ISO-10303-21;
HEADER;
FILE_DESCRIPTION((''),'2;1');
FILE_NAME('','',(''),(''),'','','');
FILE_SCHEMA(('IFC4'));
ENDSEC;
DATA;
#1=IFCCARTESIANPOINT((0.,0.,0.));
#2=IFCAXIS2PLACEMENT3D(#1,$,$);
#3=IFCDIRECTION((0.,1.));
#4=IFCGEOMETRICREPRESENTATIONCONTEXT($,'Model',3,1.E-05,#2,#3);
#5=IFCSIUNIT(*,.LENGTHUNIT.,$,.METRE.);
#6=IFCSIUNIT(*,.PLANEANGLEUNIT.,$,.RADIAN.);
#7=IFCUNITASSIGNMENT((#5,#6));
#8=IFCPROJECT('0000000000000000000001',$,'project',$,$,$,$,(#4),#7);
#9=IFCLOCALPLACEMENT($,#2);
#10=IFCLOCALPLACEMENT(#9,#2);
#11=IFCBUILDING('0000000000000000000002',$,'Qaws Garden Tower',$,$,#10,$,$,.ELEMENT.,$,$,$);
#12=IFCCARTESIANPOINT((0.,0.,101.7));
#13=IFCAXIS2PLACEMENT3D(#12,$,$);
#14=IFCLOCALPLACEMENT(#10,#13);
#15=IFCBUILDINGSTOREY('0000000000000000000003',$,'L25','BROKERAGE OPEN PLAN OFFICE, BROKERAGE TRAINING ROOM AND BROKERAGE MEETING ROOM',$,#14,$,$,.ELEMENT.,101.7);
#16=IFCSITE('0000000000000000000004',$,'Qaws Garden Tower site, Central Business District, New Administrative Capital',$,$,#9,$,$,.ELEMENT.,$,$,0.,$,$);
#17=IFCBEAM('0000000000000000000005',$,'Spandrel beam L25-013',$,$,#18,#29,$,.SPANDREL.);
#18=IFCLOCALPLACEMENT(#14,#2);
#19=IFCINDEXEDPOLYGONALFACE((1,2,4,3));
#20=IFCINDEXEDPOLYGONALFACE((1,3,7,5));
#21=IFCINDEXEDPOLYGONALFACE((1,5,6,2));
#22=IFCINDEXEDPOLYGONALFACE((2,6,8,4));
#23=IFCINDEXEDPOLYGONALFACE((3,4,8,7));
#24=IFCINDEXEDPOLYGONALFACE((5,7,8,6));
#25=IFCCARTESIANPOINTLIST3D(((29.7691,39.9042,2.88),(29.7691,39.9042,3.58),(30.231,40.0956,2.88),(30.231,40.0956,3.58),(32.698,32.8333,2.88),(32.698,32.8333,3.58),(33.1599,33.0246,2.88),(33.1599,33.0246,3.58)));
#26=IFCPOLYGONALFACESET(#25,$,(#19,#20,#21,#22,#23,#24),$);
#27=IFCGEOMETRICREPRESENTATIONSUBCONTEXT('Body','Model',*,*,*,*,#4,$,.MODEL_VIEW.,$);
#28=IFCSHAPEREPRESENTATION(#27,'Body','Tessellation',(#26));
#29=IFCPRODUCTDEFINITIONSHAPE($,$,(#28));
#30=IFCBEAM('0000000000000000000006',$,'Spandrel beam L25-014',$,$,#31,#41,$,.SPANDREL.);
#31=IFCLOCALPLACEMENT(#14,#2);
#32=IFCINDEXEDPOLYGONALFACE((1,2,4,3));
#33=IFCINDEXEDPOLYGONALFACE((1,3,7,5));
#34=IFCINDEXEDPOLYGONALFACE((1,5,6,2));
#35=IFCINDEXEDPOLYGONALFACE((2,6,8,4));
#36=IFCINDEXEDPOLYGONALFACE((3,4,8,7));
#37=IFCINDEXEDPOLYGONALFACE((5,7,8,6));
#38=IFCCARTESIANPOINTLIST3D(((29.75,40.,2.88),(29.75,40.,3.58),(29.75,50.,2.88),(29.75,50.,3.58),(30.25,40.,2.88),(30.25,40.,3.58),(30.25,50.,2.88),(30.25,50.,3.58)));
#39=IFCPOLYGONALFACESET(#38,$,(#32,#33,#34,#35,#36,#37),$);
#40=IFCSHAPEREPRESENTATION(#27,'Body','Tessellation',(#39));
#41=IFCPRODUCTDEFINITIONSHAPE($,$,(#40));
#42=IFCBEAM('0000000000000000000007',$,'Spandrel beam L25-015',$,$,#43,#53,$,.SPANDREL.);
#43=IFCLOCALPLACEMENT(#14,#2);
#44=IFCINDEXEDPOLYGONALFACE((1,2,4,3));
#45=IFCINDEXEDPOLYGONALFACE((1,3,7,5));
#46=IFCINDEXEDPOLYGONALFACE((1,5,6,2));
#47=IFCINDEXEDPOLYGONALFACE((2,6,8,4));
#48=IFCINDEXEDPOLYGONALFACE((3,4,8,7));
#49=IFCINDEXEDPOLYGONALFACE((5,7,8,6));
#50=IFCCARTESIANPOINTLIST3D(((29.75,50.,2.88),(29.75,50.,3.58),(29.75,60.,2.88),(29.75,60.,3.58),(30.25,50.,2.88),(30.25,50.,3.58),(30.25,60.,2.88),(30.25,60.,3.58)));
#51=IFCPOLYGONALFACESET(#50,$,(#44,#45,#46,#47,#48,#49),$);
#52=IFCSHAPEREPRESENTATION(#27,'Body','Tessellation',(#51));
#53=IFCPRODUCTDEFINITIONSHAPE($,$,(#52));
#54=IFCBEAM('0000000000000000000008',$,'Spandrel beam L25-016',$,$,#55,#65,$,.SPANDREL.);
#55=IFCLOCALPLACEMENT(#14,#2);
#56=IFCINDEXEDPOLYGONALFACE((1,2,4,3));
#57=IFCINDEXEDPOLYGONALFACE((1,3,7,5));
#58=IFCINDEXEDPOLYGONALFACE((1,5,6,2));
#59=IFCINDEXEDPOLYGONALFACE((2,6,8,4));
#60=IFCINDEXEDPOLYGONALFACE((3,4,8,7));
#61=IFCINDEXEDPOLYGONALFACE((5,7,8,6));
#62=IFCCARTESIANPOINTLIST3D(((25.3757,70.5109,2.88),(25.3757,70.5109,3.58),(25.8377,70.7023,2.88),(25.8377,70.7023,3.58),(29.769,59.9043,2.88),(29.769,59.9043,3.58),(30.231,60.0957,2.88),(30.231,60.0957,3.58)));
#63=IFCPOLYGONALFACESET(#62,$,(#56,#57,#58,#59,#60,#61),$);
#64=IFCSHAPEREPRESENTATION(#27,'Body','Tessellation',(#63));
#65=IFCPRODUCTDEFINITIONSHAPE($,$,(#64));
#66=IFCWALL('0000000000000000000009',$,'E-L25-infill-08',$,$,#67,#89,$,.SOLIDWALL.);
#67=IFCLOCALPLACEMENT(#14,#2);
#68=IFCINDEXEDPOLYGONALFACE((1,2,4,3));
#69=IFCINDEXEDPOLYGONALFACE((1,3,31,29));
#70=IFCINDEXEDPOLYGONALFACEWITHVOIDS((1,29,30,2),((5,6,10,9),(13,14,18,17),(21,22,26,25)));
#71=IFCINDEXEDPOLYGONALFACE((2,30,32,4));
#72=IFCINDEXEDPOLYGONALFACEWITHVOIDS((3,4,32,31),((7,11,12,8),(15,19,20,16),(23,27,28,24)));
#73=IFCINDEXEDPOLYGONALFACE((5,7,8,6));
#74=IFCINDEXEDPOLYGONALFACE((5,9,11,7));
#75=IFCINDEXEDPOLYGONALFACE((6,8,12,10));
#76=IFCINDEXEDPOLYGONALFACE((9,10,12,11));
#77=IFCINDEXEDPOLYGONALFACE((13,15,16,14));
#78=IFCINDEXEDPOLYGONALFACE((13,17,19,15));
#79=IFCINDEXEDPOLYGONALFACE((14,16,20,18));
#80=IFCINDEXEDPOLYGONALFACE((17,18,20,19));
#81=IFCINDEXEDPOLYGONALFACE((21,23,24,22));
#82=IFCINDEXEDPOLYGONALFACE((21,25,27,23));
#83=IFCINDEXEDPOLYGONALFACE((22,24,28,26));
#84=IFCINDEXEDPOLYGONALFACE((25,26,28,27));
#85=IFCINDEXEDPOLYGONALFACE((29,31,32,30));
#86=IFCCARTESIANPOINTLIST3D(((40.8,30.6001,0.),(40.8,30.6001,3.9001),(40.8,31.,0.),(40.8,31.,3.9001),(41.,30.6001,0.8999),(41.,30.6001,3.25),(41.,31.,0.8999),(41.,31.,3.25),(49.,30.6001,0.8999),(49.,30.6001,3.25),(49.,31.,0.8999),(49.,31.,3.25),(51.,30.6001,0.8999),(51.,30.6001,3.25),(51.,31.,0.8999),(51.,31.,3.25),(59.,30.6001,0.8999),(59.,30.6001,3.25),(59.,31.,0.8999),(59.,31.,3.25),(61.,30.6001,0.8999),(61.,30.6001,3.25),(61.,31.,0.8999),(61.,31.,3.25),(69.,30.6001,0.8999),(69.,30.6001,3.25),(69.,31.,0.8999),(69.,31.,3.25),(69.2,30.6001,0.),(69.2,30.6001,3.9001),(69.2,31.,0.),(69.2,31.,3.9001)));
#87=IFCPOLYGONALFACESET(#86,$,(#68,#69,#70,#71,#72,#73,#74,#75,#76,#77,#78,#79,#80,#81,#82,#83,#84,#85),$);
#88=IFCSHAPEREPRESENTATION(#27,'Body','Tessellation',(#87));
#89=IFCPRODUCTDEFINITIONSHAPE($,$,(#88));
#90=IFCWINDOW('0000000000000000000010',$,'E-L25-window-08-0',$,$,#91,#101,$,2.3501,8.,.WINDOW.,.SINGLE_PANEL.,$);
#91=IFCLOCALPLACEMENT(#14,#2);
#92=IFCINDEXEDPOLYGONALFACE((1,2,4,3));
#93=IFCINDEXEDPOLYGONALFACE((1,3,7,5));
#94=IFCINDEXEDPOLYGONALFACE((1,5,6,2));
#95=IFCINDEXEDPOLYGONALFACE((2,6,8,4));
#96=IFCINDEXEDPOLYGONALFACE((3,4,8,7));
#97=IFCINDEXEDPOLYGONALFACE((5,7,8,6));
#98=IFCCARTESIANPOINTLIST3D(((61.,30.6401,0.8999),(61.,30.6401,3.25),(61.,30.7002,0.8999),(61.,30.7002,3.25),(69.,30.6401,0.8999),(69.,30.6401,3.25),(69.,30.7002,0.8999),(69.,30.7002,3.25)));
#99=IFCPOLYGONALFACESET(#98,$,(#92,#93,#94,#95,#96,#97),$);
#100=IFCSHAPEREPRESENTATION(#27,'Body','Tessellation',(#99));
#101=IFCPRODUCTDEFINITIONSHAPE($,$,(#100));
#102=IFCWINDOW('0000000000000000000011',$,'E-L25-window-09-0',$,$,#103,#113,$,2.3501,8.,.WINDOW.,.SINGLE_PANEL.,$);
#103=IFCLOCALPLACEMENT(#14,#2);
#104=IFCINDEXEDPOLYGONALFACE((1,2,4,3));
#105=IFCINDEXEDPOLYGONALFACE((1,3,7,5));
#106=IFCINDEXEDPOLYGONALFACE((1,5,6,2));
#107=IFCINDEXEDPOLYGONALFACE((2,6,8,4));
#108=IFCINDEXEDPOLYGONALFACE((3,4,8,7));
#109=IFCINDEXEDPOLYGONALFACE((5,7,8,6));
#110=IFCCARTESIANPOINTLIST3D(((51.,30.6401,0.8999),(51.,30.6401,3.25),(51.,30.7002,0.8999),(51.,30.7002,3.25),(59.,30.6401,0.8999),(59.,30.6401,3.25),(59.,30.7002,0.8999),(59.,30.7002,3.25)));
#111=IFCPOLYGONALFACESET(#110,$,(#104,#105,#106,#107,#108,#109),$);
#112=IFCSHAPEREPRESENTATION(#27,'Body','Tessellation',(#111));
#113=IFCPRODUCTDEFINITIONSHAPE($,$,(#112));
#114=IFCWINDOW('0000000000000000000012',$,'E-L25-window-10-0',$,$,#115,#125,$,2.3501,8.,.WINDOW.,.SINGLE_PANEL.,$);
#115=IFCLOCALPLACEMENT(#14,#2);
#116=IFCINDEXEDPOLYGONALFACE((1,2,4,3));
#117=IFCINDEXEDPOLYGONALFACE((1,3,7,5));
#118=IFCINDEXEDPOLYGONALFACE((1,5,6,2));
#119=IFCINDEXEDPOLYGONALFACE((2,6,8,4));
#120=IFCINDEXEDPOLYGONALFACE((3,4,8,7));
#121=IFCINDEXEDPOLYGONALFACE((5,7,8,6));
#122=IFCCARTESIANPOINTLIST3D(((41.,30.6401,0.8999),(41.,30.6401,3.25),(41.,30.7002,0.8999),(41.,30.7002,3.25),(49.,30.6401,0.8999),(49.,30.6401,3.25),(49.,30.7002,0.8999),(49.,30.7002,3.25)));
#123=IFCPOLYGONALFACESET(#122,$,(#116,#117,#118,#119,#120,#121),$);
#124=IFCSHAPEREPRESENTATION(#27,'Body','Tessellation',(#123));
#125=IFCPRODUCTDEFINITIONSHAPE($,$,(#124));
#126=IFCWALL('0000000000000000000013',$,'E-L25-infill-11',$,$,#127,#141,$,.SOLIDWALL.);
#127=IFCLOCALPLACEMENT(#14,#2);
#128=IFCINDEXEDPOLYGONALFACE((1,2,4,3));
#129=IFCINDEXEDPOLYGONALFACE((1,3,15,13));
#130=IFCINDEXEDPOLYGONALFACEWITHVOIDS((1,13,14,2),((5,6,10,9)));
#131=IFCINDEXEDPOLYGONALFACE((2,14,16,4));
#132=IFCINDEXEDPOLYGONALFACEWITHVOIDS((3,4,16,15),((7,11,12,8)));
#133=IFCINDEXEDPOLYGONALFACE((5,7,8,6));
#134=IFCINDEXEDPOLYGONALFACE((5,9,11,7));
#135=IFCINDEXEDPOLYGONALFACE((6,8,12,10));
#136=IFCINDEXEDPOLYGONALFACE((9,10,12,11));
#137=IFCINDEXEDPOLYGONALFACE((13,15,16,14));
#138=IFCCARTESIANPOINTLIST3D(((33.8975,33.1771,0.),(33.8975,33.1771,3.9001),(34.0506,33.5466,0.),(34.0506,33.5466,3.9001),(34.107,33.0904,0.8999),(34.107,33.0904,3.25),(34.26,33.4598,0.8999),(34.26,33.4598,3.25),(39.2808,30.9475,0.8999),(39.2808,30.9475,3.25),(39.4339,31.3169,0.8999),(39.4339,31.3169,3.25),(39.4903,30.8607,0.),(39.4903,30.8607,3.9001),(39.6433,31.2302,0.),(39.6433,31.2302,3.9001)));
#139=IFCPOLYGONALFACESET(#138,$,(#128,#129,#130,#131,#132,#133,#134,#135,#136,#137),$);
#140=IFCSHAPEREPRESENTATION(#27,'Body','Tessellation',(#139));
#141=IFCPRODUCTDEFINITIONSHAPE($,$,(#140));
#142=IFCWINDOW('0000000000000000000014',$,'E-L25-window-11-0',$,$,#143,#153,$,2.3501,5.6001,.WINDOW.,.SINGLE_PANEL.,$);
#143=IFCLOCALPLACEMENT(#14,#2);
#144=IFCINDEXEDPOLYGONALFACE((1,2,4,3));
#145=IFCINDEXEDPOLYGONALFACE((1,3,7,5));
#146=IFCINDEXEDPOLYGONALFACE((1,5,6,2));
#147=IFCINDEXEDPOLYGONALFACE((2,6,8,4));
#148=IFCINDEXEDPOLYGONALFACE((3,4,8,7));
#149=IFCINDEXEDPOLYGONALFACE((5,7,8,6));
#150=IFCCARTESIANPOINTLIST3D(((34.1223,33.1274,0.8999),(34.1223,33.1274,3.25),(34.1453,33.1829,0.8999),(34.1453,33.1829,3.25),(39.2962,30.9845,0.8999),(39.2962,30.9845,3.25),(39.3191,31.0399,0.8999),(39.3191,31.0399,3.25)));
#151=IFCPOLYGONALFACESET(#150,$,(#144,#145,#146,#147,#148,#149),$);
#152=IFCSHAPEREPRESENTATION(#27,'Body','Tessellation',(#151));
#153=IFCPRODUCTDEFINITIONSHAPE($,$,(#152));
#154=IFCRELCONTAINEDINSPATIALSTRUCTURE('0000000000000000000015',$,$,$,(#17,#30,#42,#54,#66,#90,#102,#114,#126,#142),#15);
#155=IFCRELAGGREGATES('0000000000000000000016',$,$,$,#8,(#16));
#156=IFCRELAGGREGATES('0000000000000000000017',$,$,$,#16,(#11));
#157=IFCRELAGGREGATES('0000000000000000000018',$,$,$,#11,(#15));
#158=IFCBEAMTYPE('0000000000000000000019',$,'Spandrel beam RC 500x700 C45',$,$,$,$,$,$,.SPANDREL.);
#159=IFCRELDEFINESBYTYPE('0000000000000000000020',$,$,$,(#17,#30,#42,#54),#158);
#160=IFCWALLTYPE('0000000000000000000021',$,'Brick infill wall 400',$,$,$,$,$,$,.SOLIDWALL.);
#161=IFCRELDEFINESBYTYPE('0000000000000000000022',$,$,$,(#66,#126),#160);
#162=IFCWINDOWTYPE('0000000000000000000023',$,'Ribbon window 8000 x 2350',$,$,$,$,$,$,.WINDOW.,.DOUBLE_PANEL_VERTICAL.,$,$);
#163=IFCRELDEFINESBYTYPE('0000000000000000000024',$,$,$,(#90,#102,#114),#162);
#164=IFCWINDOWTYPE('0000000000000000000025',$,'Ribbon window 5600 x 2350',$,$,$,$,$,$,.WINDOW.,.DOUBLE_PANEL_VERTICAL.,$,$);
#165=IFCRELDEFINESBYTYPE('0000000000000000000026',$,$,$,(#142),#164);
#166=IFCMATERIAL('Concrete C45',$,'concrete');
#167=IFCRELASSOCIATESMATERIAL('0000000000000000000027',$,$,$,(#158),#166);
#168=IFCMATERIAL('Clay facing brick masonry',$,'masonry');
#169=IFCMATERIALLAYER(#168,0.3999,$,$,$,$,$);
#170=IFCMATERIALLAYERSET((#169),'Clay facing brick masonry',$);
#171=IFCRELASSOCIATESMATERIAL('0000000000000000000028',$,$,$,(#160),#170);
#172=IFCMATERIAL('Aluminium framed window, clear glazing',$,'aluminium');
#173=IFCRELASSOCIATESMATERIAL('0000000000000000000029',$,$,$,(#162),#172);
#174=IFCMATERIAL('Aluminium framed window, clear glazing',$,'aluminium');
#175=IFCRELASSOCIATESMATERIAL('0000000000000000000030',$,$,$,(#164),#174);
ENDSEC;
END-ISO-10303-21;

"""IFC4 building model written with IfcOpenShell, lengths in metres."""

from ifc_helpers import new_model, si_unit, direction, frame, frame_2d, origin, origin_2d, place, context, subcontext, project, spatial, rectangle, extrude, material, layer, layer_set, material_profile, profile_set, type_object, element, fill, save


model = new_model("IFC4")

# Units and contexts
model_context = context("Model", 3, precision=1e-05, world=origin(), true_north=direction((0.0, 1.0)))
body_context = subcontext(model_context, "Body", "Model", "MODEL_VIEW")
ifc_project = project(units=[si_unit("LENGTHUNIT", "METRE"), si_unit("PLANEANGLEUNIT", "RADIAN")], contexts=[model_context])

# Site, building, storey
site_placement = place(None, origin())
site = spatial("IfcSite", under=ifc_project, at=site_placement, Name="Qaws Garden Tower site, Central Business District, New Administrative Capital", CompositionType="ELEMENT", RefElevation=0.0)
building_placement = place(site_placement, origin())
building = spatial("IfcBuilding", under=site, at=building_placement, Name="Qaws Garden Tower", CompositionType="ELEMENT")
storey_placement = place(building_placement, frame((0.0, 0.0, 101.7)))
storey = spatial("IfcBuildingStorey", under=building, at=storey_placement, Name="L25", Description="BROKERAGE OPEN PLAN OFFICE, BROKERAGE TRAINING ROOM AND BROKERAGE MEETING ROOM", CompositionType="ELEMENT", Elevation=101.7)

# Beams
ifc_material_1 = material(Name="Concrete C45", Category="concrete")
ifc_material_profile_1 = material_profile(ifc_material_1, rectangle(XDim=0.5, YDim=0.7, at=origin_2d()), Name="RC 500x700")
ifc_profile_set_1 = profile_set([ifc_material_profile_1], Name="Concrete C45")
beam_type = type_object("IfcBeamType", Name="Spandrel beam RC 500x700 C45", PredefinedType="SPANDREL", material=ifc_profile_set_1)
beam_1_placement = place(storey_placement, frame((32.929, 32.929, 3.23), z_axis=(-0.382687, 0.923878, 0.0), x_axis=(-0.923878, -0.382687, 0.0)))
element("IfcBeam", 1, at=beam_1_placement, inside=storey, type_object=beam_type, Name="Spandrel beam L25-013", PredefinedType="SPANDREL", context=body_context, shape_type="SweptSolid", body=[
    extrude(rectangle(XDim=0.5, YDim=0.7, at=origin_2d()), origin(), (0.0, 0.0, 1.0), 7.6536),
])
for number, where, z_axis, x_axis, name in (
    (2, (30.0, 40.0, 3.23), (0.0, 1.0, 0.0), (-1.0, 0.0, 0.0), "Spandrel beam L25-014"),
    (3, (30.0, 50.0, 3.23), (0.0, 1.0, 0.0), (-1.0, 0.0, 0.0), "Spandrel beam L25-015"),
):
    element("IfcBeam", number, at=place(storey_placement, frame(where, z_axis=z_axis, x_axis=x_axis)), inside=storey, type_object=beam_type, Name=name, PredefinedType="SPANDREL", context=body_context, shape_type="SweptSolid", body=[
        extrude(rectangle(XDim=0.5, YDim=0.7, at=origin_2d()), origin(), (0.0, 0.0, 1.0), 10.0),
    ])
beam_2_placement = place(storey_placement, frame((30.0, 60.0, 3.23), z_axis=(-0.382674, 0.923883, 0.0), x_axis=(-0.923883, -0.382674, 0.0)))
element("IfcBeam", 4, at=beam_2_placement, inside=storey, type_object=beam_type, Name="Spandrel beam L25-016", PredefinedType="SPANDREL", context=body_context, shape_type="SweptSolid", body=[
    extrude(rectangle(XDim=0.5, YDim=0.7, at=origin_2d()), origin(), (0.0, 0.0, 1.0), 11.4805),
])

# Wall, openings, windows
ifc_material_2 = material(Name="Clay facing brick masonry", Category="masonry")
ifc_layer_1 = layer(ifc_material_2, 0.3999)
ifc_layer_set_1 = layer_set([ifc_layer_1], Name="Clay facing brick masonry")
wall_type_1 = type_object("IfcWallType", Name="Brick infill wall 400", PredefinedType="SOLIDWALL", material=ifc_layer_set_1)
wall_1_placement = place(storey_placement, frame((69.2, 30.8, 0.0), z_axis=(0.0, 0.0, 1.0), x_axis=(-1.0, 0.0, 0.0)))
wall_1 = element("IfcWall", 5, at=wall_1_placement, inside=storey, type_object=wall_type_1, Name="E-L25-infill-08", PredefinedType="SOLIDWALL", context=body_context, shape_type="SweptSolid", body=[
    extrude(rectangle(XDim=28.3999, YDim=0.3999, at=frame_2d((14.2, 0.0))), origin(), (0.0, 0.0, 1.0), 3.9001),
])
opening_1_placement = place(wall_1_placement, frame((0.2, 0.0, 0.8999)))
opening_1 = element("IfcOpeningElement", 6, at=opening_1_placement, cuts=wall_1, PredefinedType="OPENING", context=body_context, shape_type="SweptSolid", body=[
    extrude(rectangle(XDim=8.0, YDim=2.3501, at=frame_2d((4.0, 1.175))), frame((0.0, 0.21, 0.0), z_axis=(0.0, -1.0, 0.0), x_axis=(1.0, 0.0, 0.0)), (0.0, 0.0, 1.0), 0.4199),
])
opening_2_placement = place(wall_1_placement, frame((10.2, 0.0, 0.8999)))
opening_2 = element("IfcOpeningElement", 7, at=opening_2_placement, cuts=wall_1, PredefinedType="OPENING", context=body_context, shape_type="SweptSolid", body=[
    extrude(rectangle(XDim=8.0, YDim=2.3501, at=frame_2d((4.0, 1.175))), frame((0.0, 0.21, 0.0), z_axis=(0.0, -1.0, 0.0), x_axis=(1.0, 0.0, 0.0)), (0.0, 0.0, 1.0), 0.4199),
])
opening_3_placement = place(wall_1_placement, frame((20.2, 0.0, 0.8999)))
opening_3 = element("IfcOpeningElement", 8, at=opening_3_placement, cuts=wall_1, PredefinedType="OPENING", context=body_context, shape_type="SweptSolid", body=[
    extrude(rectangle(XDim=8.0, YDim=2.3501, at=frame_2d((4.0, 1.175))), frame((0.0, 0.21, 0.0), z_axis=(0.0, -1.0, 0.0), x_axis=(1.0, 0.0, 0.0)), (0.0, 0.0, 1.0), 0.4199),
])
ifc_material_3 = material(Name="Aluminium framed window, clear glazing", Category="aluminium")
window_type_1 = type_object("IfcWindowType", Name="Ribbon window 8000 x 2350", PartitioningType="DOUBLE_PANEL_VERTICAL", PredefinedType="WINDOW", material=ifc_material_3)
window_1_placement = place(opening_1_placement, origin())
window_1 = element("IfcWindow", 9, at=window_1_placement, inside=storey, type_object=window_type_1, Name="E-L25-window-08-0", OverallHeight=2.3501, OverallWidth=8.0, PartitioningType="SINGLE_PANEL", PredefinedType="WINDOW", context=body_context, shape_type="SweptSolid", body=[
    extrude(rectangle(XDim=8.0, YDim=2.3501, at=frame_2d((4.0, 1.175))), frame((0.0, 0.1599, 0.0), z_axis=(0.0, -1.0, 0.0), x_axis=(1.0, 0.0, 0.0)), (0.0, 0.0, 1.0), 0.0601),
])
fill(opening_1, window_1)
window_2_placement = place(opening_2_placement, origin())
window_2 = element("IfcWindow", 10, at=window_2_placement, inside=storey, type_object=window_type_1, Name="E-L25-window-09-0", OverallHeight=2.3501, OverallWidth=8.0, PartitioningType="SINGLE_PANEL", PredefinedType="WINDOW", context=body_context, shape_type="SweptSolid", body=[
    extrude(rectangle(XDim=8.0, YDim=2.3501, at=frame_2d((4.0, 1.175))), frame((0.0, 0.1599, 0.0), z_axis=(0.0, -1.0, 0.0), x_axis=(1.0, 0.0, 0.0)), (0.0, 0.0, 1.0), 0.0601),
])
fill(opening_2, window_2)
window_3_placement = place(opening_3_placement, origin())
window_3 = element("IfcWindow", 11, at=window_3_placement, inside=storey, type_object=window_type_1, Name="E-L25-window-10-0", OverallHeight=2.3501, OverallWidth=8.0, PartitioningType="SINGLE_PANEL", PredefinedType="WINDOW", context=body_context, shape_type="SweptSolid", body=[
    extrude(rectangle(XDim=8.0, YDim=2.3501, at=frame_2d((4.0, 1.175))), frame((0.0, 0.1599, 0.0), z_axis=(0.0, -1.0, 0.0), x_axis=(1.0, 0.0, 0.0)), (0.0, 0.0, 1.0), 0.0601),
])
fill(opening_3, window_3)

# Wall, opening, window
wall_2_placement = place(storey_placement, frame((39.5669, 31.0454, 0.0), z_axis=(0.0, 0.0, 1.0), x_axis=(-0.923891, 0.382656, 0.0)))
wall_2 = element("IfcWall", 12, at=wall_2_placement, inside=storey, type_object=wall_type_1, Name="E-L25-infill-11", PredefinedType="SOLIDWALL", context=body_context, shape_type="SweptSolid", body=[
    extrude(rectangle(XDim=6.0535, YDim=0.3999, at=frame_2d((3.0269, 0.0))), origin(), (0.0, 0.0, 1.0), 3.9001),
])
opening_4_placement = place(wall_2_placement, frame((0.2268, 0.0, 0.8999)))
opening_4 = element("IfcOpeningElement", 13, at=opening_4_placement, cuts=wall_2, PredefinedType="OPENING", context=body_context, shape_type="SweptSolid", body=[
    extrude(rectangle(XDim=5.6001, YDim=2.3501, at=frame_2d((2.8, 1.175))), frame((0.0, 0.21, 0.0), z_axis=(0.0, -1.0, 0.0), x_axis=(1.0, 0.0, 0.0)), (0.0, 0.0, 1.0), 0.4199),
])
ifc_material_4 = material(Name="Aluminium framed window, clear glazing", Category="aluminium")
window_type_2 = type_object("IfcWindowType", Name="Ribbon window 5600 x 2350", PartitioningType="DOUBLE_PANEL_VERTICAL", PredefinedType="WINDOW", material=ifc_material_4)
window_4_placement = place(opening_4_placement, origin())
window_4 = element("IfcWindow", 14, at=window_4_placement, inside=storey, type_object=window_type_2, Name="E-L25-window-11-0", OverallHeight=2.3501, OverallWidth=5.6001, PartitioningType="SINGLE_PANEL", PredefinedType="WINDOW", context=body_context, shape_type="SweptSolid", body=[
    extrude(rectangle(XDim=5.6001, YDim=2.3501, at=frame_2d((2.8, 1.175))), frame((0.0, 0.1599, 0.0), z_axis=(0.0, -1.0, 0.0), x_axis=(1.0, 0.0, 0.0)), (0.0, 0.0, 1.0), 0.0601),
])
fill(opening_4, window_4)

save(model, "model.ifc")
